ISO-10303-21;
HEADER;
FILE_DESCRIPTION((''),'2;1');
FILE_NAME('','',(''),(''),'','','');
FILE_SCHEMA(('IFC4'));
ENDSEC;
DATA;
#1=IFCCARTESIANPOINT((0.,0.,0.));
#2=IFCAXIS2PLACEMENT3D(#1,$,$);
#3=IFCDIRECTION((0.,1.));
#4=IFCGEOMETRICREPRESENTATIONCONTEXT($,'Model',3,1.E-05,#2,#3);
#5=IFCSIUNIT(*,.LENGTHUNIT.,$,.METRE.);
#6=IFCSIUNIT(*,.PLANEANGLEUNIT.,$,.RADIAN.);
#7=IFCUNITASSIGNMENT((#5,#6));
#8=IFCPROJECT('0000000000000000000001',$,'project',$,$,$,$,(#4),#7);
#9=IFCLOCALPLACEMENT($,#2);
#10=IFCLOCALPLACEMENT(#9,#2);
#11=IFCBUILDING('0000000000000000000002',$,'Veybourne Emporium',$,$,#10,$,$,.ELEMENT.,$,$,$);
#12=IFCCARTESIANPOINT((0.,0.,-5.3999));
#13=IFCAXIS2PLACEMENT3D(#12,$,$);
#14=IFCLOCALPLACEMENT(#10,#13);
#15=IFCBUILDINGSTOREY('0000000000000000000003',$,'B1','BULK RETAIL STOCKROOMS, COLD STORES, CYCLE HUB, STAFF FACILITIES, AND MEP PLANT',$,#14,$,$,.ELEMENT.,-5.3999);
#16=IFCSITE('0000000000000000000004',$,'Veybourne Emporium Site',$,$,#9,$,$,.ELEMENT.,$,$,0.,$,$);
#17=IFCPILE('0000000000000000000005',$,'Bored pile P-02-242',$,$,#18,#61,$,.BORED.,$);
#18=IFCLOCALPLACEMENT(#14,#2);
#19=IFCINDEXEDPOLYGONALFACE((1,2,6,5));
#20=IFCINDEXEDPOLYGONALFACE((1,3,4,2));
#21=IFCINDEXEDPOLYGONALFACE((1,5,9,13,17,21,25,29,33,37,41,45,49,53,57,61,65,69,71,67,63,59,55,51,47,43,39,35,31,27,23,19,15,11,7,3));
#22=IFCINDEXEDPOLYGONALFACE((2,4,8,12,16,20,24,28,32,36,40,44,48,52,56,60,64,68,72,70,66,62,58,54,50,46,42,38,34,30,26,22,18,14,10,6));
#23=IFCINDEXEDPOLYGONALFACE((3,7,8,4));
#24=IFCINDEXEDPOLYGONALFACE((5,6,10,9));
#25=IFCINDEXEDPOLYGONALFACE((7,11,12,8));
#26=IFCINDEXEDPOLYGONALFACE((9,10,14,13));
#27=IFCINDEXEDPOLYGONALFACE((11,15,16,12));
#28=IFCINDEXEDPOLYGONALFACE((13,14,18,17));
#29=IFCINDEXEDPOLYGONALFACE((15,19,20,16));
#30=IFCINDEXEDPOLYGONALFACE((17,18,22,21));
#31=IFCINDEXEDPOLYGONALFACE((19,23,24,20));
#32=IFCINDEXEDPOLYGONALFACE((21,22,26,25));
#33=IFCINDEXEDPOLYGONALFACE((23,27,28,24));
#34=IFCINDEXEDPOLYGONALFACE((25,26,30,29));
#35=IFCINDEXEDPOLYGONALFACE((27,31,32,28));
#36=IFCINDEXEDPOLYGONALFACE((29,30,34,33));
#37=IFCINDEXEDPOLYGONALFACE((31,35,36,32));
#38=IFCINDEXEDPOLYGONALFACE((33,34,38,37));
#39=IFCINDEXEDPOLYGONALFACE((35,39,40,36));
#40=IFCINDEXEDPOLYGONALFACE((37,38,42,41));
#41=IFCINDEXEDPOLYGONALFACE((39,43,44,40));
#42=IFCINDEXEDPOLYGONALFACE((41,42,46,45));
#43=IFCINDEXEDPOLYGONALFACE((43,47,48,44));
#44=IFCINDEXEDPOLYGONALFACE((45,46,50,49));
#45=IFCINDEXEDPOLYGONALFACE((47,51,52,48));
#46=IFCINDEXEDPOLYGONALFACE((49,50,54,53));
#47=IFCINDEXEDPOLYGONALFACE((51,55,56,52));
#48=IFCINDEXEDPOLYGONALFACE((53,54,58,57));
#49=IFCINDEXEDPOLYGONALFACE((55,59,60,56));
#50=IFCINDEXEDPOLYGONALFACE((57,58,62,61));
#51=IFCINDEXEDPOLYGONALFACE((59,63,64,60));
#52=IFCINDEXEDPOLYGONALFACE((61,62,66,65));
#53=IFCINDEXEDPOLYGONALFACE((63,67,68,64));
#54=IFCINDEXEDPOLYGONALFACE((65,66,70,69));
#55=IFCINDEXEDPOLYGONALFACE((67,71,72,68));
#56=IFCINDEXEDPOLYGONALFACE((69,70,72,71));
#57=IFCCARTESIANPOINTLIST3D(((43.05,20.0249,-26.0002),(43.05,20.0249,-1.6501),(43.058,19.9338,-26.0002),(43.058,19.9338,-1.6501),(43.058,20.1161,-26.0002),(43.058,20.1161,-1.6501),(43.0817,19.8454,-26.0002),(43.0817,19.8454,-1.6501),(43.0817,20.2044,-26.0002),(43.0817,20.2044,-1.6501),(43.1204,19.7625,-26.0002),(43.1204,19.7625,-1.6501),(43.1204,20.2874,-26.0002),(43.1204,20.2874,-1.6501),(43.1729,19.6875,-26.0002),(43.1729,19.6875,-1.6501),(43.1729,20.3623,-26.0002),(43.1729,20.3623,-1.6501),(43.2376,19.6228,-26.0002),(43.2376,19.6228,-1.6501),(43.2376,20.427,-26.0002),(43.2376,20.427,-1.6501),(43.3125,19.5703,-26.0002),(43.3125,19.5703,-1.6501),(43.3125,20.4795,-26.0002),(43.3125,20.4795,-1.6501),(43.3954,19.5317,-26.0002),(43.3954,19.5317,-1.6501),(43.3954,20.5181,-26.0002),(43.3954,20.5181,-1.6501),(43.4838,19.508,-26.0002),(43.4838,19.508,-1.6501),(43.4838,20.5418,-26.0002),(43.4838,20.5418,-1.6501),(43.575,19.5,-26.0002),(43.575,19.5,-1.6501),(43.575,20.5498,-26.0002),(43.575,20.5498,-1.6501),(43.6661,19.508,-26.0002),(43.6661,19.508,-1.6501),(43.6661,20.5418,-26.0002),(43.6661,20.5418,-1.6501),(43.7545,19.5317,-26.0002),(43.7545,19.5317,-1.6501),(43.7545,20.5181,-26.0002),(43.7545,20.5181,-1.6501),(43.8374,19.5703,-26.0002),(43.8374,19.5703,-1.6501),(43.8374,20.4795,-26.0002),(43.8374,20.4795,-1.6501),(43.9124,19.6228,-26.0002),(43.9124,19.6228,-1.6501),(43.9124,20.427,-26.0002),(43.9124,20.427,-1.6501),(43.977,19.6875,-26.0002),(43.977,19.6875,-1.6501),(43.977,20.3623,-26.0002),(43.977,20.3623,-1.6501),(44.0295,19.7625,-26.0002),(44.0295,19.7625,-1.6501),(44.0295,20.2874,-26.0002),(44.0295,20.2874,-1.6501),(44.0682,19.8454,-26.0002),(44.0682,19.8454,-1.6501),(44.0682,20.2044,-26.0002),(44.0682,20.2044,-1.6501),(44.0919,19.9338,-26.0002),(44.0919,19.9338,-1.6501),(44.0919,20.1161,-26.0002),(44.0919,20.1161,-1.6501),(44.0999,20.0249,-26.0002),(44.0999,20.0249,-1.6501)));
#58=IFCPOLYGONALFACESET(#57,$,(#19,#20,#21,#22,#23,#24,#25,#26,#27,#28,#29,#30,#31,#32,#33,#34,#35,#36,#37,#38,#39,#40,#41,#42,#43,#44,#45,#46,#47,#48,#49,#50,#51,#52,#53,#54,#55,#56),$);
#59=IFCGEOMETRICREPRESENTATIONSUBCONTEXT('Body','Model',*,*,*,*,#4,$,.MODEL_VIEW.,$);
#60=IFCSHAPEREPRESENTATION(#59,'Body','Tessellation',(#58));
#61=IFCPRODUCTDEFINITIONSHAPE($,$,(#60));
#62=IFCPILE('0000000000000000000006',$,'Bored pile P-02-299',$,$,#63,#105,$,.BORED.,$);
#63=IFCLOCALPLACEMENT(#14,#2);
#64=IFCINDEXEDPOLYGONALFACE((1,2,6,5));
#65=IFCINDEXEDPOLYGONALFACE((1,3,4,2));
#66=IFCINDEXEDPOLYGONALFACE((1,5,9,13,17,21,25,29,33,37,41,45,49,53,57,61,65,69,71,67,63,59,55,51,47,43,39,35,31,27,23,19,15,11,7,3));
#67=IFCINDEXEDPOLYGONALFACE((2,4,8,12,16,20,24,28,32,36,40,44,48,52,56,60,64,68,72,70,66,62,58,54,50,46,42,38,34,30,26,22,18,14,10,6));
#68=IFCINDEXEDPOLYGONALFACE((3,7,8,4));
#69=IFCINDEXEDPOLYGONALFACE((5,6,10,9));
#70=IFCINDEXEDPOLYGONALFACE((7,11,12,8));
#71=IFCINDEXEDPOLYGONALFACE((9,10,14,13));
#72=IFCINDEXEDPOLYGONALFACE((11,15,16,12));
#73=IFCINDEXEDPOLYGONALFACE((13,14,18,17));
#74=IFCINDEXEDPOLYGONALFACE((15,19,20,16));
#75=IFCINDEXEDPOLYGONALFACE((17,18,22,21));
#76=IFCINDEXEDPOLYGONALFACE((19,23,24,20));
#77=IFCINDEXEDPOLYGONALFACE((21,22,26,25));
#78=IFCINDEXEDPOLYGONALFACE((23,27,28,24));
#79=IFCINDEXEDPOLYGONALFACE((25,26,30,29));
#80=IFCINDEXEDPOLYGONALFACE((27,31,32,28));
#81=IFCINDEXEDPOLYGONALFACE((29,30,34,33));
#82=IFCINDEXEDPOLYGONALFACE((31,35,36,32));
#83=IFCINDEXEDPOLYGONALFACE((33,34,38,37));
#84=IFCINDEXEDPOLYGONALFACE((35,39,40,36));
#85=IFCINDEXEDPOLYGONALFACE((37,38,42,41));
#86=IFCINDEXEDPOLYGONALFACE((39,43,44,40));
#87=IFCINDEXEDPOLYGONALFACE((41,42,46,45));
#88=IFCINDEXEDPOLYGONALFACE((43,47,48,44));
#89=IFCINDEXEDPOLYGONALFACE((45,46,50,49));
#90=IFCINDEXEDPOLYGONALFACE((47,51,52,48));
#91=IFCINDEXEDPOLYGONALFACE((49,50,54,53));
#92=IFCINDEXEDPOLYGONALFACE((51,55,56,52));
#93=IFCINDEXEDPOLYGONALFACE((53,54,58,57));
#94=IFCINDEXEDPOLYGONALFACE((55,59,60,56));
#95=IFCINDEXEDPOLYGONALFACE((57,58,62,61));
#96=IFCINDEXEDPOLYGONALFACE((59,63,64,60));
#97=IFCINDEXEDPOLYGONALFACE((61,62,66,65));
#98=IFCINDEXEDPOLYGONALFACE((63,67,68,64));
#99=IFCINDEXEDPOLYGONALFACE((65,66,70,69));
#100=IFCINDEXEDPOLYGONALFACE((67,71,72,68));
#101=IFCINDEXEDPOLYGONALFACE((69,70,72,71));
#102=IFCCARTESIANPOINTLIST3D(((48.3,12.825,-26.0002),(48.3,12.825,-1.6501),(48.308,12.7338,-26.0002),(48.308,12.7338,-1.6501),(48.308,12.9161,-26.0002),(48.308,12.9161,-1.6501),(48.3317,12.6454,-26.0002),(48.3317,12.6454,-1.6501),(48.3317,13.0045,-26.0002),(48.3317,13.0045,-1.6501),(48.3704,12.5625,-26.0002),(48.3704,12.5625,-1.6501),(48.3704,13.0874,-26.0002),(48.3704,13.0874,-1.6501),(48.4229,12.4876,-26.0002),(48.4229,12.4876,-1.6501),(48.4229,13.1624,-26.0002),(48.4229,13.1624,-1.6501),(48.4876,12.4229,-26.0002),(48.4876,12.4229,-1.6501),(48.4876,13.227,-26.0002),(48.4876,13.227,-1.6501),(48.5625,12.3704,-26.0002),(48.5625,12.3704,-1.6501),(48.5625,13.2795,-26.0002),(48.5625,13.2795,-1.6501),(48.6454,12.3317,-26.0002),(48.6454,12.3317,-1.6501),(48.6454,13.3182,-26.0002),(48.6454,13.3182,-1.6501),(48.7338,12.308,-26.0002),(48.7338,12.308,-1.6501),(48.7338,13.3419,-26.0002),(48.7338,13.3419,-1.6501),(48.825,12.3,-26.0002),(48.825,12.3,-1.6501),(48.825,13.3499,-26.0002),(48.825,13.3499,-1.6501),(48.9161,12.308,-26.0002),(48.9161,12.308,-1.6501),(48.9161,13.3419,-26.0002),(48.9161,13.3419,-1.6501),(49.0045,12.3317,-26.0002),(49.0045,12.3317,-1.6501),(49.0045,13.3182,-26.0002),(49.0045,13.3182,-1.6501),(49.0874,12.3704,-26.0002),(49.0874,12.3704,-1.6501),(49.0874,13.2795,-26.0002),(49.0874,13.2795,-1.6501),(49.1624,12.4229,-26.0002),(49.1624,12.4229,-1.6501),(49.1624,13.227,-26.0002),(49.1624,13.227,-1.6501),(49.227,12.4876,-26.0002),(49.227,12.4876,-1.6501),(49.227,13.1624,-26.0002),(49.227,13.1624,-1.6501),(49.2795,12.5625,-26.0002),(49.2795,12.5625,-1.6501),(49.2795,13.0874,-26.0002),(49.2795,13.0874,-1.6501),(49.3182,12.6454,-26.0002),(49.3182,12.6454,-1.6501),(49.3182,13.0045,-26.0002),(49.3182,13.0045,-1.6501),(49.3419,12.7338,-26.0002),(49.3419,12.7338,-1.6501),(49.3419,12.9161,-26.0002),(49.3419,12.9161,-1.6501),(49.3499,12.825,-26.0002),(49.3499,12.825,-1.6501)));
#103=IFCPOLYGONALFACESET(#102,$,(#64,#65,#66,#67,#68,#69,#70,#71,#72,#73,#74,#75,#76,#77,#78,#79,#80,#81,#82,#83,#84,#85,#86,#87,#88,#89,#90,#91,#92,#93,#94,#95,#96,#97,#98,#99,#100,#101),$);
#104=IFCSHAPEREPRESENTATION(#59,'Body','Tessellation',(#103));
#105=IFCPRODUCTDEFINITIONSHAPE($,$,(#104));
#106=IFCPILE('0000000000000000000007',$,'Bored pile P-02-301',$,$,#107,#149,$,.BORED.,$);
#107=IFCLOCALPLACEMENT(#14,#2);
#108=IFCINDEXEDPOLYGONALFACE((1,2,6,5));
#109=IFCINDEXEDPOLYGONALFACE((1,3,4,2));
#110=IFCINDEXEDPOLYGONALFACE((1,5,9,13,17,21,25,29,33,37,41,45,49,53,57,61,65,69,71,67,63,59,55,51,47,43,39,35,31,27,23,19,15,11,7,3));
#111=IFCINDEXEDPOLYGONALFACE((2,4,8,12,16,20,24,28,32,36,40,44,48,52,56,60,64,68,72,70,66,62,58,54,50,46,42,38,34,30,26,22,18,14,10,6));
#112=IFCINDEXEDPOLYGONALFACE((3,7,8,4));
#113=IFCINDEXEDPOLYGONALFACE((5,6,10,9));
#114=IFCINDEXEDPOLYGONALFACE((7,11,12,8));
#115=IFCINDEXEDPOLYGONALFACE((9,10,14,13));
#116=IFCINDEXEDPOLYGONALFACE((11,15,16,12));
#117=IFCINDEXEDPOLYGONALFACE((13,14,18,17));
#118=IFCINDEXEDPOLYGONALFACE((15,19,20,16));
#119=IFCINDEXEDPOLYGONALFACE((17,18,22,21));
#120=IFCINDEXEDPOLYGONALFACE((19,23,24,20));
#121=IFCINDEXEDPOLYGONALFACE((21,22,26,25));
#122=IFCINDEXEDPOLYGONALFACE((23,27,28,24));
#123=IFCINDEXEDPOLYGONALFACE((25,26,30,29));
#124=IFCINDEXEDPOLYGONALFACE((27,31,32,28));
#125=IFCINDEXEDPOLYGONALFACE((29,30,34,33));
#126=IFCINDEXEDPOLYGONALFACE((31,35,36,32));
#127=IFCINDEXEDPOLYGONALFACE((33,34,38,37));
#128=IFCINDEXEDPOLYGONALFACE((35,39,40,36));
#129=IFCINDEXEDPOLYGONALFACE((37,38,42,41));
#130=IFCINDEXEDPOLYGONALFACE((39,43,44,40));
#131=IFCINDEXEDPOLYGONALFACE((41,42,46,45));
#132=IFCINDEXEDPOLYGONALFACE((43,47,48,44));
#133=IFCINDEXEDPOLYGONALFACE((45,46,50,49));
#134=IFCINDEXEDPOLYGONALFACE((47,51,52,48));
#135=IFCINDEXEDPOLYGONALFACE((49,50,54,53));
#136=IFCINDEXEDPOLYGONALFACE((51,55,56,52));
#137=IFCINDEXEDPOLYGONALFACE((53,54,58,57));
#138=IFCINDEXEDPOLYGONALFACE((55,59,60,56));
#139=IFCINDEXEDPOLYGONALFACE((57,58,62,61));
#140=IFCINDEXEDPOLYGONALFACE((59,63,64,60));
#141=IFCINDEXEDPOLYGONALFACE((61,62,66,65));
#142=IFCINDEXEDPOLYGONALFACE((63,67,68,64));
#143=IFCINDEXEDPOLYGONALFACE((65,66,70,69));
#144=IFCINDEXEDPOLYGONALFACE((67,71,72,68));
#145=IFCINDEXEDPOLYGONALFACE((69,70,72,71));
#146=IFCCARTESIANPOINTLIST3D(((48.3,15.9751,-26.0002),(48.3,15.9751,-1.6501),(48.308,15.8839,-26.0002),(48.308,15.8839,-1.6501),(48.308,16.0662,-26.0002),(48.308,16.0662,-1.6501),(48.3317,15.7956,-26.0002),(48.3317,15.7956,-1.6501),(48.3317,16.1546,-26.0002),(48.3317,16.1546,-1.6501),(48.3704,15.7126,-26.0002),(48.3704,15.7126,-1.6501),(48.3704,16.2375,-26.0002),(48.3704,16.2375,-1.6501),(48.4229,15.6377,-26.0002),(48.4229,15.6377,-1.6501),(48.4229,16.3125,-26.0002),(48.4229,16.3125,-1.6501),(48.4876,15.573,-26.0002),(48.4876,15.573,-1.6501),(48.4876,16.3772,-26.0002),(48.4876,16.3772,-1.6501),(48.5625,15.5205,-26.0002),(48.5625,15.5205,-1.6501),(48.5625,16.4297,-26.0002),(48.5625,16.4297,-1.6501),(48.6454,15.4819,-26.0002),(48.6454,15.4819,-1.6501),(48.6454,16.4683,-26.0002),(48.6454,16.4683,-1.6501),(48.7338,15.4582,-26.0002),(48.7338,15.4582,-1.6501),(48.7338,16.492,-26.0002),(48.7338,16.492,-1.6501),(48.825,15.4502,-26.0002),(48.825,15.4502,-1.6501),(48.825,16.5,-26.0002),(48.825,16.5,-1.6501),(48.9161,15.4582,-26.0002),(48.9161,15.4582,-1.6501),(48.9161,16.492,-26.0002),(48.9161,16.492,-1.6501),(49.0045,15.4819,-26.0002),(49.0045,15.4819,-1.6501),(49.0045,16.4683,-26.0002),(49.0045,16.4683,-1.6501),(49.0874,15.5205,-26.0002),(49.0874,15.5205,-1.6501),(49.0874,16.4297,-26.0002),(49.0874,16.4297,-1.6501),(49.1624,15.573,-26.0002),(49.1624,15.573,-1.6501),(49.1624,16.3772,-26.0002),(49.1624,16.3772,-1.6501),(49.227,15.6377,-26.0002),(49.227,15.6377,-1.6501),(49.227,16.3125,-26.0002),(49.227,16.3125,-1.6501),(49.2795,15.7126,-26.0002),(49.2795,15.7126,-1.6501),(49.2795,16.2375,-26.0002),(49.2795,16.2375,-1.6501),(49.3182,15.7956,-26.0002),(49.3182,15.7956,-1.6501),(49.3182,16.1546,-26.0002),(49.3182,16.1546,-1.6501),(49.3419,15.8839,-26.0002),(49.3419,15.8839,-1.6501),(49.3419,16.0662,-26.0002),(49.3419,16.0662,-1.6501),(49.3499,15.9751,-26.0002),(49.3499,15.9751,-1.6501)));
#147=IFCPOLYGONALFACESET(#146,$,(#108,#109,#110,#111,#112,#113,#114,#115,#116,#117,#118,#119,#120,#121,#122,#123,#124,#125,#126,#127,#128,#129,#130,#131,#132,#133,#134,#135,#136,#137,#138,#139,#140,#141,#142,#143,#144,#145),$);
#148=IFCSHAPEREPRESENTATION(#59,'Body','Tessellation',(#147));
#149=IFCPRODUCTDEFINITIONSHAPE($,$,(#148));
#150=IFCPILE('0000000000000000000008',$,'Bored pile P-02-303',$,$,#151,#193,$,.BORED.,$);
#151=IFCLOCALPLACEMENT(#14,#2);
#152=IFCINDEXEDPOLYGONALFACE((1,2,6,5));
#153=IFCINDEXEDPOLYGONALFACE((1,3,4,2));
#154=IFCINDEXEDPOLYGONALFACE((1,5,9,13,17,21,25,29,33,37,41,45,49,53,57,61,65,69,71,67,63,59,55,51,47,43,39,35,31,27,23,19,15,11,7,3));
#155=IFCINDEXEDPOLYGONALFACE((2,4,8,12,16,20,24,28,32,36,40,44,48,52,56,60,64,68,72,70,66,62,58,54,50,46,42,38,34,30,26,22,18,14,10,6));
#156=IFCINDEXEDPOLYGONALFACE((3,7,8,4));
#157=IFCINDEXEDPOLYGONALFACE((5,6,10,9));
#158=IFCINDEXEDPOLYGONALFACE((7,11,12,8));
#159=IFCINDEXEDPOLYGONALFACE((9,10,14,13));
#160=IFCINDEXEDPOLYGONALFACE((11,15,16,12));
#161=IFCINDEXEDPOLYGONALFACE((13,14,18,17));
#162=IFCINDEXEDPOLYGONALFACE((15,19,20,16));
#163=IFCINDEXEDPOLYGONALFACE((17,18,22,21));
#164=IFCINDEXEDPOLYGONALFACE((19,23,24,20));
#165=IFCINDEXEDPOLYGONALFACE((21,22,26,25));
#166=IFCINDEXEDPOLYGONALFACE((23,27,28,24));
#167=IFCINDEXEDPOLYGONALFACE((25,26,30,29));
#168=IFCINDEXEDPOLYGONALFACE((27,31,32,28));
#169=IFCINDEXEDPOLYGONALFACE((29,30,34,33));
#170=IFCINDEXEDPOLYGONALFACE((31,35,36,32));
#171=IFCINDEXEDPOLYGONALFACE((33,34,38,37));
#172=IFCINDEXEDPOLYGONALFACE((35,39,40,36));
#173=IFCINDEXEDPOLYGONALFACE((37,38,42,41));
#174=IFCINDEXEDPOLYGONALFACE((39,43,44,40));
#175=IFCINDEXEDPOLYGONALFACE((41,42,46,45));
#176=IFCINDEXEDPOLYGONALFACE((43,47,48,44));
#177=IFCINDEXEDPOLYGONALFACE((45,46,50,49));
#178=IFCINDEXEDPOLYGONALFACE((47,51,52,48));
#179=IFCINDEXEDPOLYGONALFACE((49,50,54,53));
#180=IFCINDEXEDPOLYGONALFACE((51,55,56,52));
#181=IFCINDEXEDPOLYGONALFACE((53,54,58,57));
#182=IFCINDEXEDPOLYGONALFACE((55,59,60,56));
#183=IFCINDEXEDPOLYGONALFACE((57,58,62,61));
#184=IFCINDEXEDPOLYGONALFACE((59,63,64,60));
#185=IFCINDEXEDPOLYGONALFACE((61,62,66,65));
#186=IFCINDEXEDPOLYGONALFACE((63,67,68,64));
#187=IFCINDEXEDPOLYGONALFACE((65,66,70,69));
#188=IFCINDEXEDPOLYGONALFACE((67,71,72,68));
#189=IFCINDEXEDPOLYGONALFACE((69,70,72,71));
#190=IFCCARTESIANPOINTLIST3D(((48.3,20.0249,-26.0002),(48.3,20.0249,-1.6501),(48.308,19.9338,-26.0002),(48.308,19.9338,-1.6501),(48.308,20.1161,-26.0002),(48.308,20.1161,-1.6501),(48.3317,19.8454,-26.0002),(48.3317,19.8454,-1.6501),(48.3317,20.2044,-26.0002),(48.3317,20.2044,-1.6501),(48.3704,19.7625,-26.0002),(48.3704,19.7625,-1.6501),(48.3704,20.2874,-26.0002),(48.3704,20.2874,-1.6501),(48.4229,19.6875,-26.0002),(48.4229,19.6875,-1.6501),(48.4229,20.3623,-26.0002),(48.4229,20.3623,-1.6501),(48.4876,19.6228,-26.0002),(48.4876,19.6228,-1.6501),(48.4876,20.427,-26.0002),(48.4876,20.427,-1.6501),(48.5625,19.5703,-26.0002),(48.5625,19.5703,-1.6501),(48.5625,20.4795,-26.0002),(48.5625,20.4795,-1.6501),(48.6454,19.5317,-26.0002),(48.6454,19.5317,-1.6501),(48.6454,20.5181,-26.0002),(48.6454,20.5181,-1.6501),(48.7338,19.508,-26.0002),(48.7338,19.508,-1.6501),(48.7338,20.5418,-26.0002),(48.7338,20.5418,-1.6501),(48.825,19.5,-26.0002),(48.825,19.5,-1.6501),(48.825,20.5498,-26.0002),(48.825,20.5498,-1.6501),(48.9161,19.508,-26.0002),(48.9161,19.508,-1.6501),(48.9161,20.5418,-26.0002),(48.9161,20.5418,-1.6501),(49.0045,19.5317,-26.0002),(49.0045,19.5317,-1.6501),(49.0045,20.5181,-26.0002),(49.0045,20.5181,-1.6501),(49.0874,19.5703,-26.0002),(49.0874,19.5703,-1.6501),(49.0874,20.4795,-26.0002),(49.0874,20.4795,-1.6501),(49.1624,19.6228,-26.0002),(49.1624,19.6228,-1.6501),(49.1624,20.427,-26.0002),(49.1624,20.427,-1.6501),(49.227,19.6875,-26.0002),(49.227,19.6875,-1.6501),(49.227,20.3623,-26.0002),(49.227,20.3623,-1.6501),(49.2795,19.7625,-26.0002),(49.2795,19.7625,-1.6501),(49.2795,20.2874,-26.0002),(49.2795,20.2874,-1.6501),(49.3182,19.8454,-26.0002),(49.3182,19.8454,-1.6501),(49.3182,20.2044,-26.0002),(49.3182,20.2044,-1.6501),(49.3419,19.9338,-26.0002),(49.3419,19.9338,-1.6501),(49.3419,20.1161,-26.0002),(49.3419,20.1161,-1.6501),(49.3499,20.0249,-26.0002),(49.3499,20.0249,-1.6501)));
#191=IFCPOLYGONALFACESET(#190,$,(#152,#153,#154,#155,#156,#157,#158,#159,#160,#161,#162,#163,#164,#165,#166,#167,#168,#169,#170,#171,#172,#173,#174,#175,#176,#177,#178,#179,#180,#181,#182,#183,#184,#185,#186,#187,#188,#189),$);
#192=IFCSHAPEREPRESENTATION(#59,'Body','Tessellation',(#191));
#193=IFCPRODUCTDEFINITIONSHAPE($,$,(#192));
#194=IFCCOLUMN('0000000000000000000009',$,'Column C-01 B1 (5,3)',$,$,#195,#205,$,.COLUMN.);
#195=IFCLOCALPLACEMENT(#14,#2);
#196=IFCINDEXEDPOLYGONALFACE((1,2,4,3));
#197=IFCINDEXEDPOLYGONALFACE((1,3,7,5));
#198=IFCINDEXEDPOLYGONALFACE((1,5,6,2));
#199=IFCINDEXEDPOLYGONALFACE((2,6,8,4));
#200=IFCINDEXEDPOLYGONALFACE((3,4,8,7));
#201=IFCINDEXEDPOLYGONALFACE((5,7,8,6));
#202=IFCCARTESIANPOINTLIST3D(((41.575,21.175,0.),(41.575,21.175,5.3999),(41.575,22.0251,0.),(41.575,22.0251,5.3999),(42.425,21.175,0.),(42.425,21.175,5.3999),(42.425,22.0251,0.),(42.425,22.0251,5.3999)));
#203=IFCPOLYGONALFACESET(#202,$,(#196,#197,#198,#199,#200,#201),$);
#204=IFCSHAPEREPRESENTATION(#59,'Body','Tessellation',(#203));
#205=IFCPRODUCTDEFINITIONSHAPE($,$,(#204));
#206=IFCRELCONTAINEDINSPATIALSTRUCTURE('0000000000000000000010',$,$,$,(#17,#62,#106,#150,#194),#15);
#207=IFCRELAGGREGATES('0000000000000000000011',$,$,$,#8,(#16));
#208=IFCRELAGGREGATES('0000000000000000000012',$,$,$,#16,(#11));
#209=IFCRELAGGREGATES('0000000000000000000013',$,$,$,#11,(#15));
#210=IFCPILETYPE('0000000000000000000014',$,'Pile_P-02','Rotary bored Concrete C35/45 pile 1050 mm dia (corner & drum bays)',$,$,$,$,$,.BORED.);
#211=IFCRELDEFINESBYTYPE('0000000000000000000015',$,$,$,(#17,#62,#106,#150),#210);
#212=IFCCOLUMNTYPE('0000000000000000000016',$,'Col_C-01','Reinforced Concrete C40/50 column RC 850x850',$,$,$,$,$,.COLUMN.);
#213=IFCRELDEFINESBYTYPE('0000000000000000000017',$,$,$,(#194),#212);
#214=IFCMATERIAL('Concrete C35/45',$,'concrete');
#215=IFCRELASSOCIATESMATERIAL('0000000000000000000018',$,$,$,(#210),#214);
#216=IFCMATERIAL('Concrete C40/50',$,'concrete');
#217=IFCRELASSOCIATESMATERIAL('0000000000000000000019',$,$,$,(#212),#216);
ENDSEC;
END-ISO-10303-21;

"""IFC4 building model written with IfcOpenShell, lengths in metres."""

from ifc_helpers import new_model, si_unit, direction, frame, origin, origin_2d, place, context, subcontext, project, spatial, rectangle, circle, extrude, material, material_profile, profile_set, type_object, element, save


model = new_model("IFC4")

# Units and contexts
model_context = context("Model", 3, precision=1e-05, world=origin(), true_north=direction((0.0, 1.0)))
body_context = subcontext(model_context, "Body", "Model", "MODEL_VIEW")
ifc_project = project(units=[si_unit("LENGTHUNIT", "METRE"), si_unit("PLANEANGLEUNIT", "RADIAN")], contexts=[model_context])

# Site, building, storey
site_placement = place(None, origin())
site = spatial("IfcSite", under=ifc_project, at=site_placement, Name="Veybourne Emporium Site", CompositionType="ELEMENT", RefElevation=0.0)
building_placement = place(site_placement, origin())
building = spatial("IfcBuilding", under=site, at=building_placement, Name="Veybourne Emporium", CompositionType="ELEMENT")
storey_placement = place(building_placement, frame((0.0, 0.0, -5.3999)))
storey = spatial("IfcBuildingStorey", under=building, at=storey_placement, Name="B1", Description="BULK RETAIL STOCKROOMS, COLD STORES, CYCLE HUB, STAFF FACILITIES, AND MEP PLANT", CompositionType="ELEMENT", Elevation=-5.3999)

# Shared definitions
ifc_material_1 = material(Name="Concrete C35/45", Category="concrete")

# Piles
ifc_material_profile_1 = material_profile(ifc_material_1, circle(Radius=0.5249, at=origin_2d()), Name="BORED PILE 1050")
ifc_profile_set_1 = profile_set([ifc_material_profile_1], Name="Concrete C35/45")
pile_type = type_object("IfcPileType", Name="Pile_P-02", Description="Rotary bored Concrete C35/45 pile 1050 mm dia (corner & drum bays)", PredefinedType="BORED", material=ifc_profile_set_1)
for number, where, z_axis, x_axis, name in (
    (1, (43.575, 20.0249, -1.6501), (0.0, 0.0, -1.0), (1.0, 0.0, 0.0), "Bored pile P-02-242"),
    (2, (48.825, 12.825, -1.6501), (0.0, 0.0, -1.0), (1.0, 0.0, 0.0), "Bored pile P-02-299"),
    (3, (48.825, 15.9751, -1.6501), (0.0, 0.0, -1.0), (1.0, 0.0, 0.0), "Bored pile P-02-301"),
    (4, (48.825, 20.0249, -1.6501), (0.0, 0.0, -1.0), (1.0, 0.0, 0.0), "Bored pile P-02-303"),
):
    element("IfcPile", number, at=place(storey_placement, frame(where, z_axis=z_axis, x_axis=x_axis)), inside=storey, type_object=pile_type, Name=name, PredefinedType="BORED", context=body_context, shape_type="SweptSolid", body=[
        extrude(circle(Radius=0.5249, at=origin_2d()), origin(), (0.0, 0.0, 1.0), 24.3501),
    ])

# Column
ifc_material_2 = material(Name="Concrete C40/50", Category="concrete")
ifc_material_profile_2 = material_profile(ifc_material_2, rectangle(XDim=0.8501, YDim=0.8501, at=origin_2d()), Name="RC 850x850")
ifc_profile_set_2 = profile_set([ifc_material_profile_2], Name="Concrete C40/50")
column_type_1 = type_object("IfcColumnType", Name="Col_C-01", Description="Reinforced Concrete C40/50 column RC 850x850", PredefinedType="COLUMN", material=ifc_profile_set_2)
column_1_placement = place(storey_placement, frame((42.0, 21.6001, 0.0), z_axis=(0.0, 0.0, 1.0), x_axis=(1.0, 0.0, 0.0)))
element("IfcColumn", 5, at=column_1_placement, inside=storey, type_object=column_type_1, Name="Column C-01 B1 (5,3)", PredefinedType="COLUMN", context=body_context, shape_type="SweptSolid", body=[
    extrude(rectangle(XDim=0.8501, YDim=0.8501, at=origin_2d()), origin(), (0.0, 0.0, 1.0), 5.3999),
])

save(model, "model.ifc")
